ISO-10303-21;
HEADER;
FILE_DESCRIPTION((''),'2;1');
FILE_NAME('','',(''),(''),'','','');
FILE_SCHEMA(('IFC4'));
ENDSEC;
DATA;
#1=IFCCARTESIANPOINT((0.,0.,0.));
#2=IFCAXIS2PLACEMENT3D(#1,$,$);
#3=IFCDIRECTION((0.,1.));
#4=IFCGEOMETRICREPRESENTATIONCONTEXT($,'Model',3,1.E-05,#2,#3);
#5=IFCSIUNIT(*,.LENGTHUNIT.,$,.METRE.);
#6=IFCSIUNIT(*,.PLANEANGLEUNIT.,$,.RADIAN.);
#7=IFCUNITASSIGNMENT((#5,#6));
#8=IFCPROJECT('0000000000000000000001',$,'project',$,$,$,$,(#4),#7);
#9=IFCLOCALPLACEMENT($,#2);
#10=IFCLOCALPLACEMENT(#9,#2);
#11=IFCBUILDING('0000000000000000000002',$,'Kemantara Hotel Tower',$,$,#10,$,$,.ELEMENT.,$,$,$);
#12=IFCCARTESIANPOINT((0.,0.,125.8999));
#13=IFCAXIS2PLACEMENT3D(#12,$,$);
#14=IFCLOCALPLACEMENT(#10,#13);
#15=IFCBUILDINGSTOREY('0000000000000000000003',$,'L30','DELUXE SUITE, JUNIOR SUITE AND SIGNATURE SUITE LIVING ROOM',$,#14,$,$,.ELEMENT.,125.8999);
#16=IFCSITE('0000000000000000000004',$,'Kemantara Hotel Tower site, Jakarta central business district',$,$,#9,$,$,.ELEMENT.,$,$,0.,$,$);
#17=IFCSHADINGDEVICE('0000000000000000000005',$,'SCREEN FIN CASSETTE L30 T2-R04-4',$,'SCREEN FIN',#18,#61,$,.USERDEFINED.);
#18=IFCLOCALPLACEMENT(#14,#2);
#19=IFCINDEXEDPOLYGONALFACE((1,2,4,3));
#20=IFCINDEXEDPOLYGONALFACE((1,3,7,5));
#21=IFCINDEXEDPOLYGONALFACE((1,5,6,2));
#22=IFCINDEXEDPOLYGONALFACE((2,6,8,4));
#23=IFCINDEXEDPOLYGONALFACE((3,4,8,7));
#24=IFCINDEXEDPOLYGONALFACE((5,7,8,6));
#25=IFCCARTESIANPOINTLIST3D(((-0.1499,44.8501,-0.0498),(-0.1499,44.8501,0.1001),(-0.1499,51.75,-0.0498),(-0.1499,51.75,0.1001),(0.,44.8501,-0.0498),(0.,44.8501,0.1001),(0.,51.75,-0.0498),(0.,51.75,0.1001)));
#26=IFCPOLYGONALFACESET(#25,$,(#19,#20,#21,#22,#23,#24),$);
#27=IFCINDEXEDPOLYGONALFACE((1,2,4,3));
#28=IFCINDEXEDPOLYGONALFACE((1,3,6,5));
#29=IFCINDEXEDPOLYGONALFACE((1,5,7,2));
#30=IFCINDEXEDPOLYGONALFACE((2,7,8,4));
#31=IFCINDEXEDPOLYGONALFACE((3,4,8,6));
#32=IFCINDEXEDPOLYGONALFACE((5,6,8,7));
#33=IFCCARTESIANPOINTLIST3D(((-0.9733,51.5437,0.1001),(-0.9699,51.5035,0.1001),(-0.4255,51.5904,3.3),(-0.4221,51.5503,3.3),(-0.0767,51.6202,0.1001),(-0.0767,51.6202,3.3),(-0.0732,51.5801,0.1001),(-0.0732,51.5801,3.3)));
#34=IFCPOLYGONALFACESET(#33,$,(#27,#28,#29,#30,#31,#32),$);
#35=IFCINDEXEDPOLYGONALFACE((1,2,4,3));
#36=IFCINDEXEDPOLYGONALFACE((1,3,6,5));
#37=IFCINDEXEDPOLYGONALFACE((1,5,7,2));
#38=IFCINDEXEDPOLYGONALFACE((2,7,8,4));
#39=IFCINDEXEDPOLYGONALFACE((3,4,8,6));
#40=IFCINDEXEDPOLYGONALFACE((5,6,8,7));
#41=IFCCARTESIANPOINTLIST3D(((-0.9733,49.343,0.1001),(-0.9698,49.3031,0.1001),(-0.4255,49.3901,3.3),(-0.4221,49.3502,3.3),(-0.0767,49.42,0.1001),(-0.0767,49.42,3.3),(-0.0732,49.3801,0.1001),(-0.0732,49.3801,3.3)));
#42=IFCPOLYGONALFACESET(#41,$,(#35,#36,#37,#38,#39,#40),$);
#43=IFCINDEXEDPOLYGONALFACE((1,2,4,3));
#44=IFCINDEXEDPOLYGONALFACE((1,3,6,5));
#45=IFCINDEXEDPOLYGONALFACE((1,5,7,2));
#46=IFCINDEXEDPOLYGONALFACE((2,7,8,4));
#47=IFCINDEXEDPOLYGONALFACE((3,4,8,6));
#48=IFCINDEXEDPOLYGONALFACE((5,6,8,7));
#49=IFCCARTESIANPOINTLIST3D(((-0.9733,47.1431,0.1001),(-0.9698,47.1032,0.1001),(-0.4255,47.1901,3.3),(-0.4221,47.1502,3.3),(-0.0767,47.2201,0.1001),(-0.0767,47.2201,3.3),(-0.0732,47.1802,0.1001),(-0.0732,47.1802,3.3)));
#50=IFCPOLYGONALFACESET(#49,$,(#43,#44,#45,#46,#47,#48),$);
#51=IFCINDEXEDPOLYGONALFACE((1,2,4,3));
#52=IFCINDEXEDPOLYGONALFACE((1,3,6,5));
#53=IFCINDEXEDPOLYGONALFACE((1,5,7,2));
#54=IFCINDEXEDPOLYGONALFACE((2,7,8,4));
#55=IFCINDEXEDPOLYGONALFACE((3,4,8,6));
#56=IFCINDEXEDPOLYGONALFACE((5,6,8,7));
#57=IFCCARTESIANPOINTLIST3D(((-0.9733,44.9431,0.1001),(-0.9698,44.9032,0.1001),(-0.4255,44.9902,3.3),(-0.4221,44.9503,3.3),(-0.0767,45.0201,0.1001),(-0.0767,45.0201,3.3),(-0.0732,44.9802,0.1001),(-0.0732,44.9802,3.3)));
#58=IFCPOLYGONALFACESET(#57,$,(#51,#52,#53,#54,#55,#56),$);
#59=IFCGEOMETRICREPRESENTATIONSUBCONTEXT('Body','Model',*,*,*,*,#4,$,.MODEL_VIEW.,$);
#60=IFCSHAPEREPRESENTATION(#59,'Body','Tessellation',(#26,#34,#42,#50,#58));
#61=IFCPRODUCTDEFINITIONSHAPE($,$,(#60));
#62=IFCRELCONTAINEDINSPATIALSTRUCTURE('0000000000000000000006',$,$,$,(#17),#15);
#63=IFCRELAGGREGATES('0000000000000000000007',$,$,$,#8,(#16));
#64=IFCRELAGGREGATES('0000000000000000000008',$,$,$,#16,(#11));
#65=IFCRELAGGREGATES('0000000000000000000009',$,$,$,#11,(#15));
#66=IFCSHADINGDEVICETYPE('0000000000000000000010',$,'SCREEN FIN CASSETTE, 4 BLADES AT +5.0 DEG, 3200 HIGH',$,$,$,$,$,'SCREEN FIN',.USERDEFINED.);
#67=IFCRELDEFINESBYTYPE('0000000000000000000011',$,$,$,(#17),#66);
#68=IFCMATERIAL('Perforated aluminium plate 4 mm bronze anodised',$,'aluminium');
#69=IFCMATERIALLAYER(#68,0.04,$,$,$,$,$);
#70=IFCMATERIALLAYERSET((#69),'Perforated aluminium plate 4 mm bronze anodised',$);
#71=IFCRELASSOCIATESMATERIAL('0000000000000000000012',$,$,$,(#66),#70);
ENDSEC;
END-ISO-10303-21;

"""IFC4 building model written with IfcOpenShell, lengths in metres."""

from ifc_helpers import new_model, si_unit, direction, frame, origin, origin_2d, place, context, subcontext, project, spatial, polyline, rectangle, outline, extrude, source, transform, mapped, material, layer, layer_set, type_object, element, save


model = new_model("IFC4")

# Units and contexts
model_context = context("Model", 3, precision=1e-05, world=origin(), true_north=direction((0.0, 1.0)))
body_context = subcontext(model_context, "Body", "Model", "MODEL_VIEW")
ifc_project = project(units=[si_unit("LENGTHUNIT", "METRE"), si_unit("PLANEANGLEUNIT", "RADIAN")], contexts=[model_context])

# Site, building, storey
site_placement = place(None, origin())
site = spatial("IfcSite", under=ifc_project, at=site_placement, Name="Kemantara Hotel Tower site, Jakarta central business district", CompositionType="ELEMENT", RefElevation=0.0)
building_placement = place(site_placement, origin())
building = spatial("IfcBuilding", under=site, at=building_placement, Name="Kemantara Hotel Tower", CompositionType="ELEMENT")
storey_placement = place(building_placement, frame((0.0, 0.0, 125.8999)))
storey = spatial("IfcBuildingStorey", under=building, at=storey_placement, Name="L30", Description="DELUXE SUITE, JUNIOR SUITE AND SIGNATURE SUITE LIVING ROOM", CompositionType="ELEMENT", Elevation=125.8999)

# Shading device
ifc_material_1 = material(Name="Perforated aluminium plate 4 mm bronze anodised", Category="aluminium")
ifc_layer_1 = layer(ifc_material_1, 0.04)
ifc_layer_set_1 = layer_set([ifc_layer_1], Name="Perforated aluminium plate 4 mm bronze anodised")
shading_device_type_1 = type_object("IfcShadingDeviceType", Name="SCREEN FIN CASSETTE, 4 BLADES AT +5.0 DEG, 3200 HIGH", ElementType="SCREEN FIN", PredefinedType="USERDEFINED", material=ifc_layer_set_1)
shared_shape_1 = source(origin(), body_context, "Body", "SweptSolid", [
    extrude(rectangle(XDim=6.8999, YDim=0.1499, at=origin_2d()), frame((3.3, -0.075, -0.1499), z_axis=(0.0, 0.0, 1.0), x_axis=(1.0, 0.0, 0.0)), (0.0, 0.0, 1.0), 0.1499),
    extrude(outline(polyline([(0.0, 0.0), (0.8999, 0.0), (0.3501, 3.2), (0.0, 3.2), (0.0, 0.0)])), frame((0.02, -0.0732, 0.0), z_axis=(-0.996376, -0.085056, 0.0), x_axis=(0.085056, -0.996376, 0.0)), (0.0, 0.0, 1.0), 0.0403),
    extrude(outline(polyline([(0.0, 0.0), (0.8999, 0.0), (0.3501, 3.2), (0.0, 3.2), (0.0, 0.0)])), frame((2.22, -0.0732, 0.0), z_axis=(-0.996332, -0.085575, 0.0), x_axis=(0.085575, -0.996332, 0.0)), (0.0, 0.0, 1.0), 0.04),
    extrude(outline(polyline([(0.0, 0.0), (0.8999, 0.0), (0.3501, 3.2), (0.0, 3.2), (0.0, 0.0)])), frame((4.4199, -0.0732, 0.0), z_axis=(-0.996332, -0.085575, 0.0), x_axis=(0.085575, -0.996332, 0.0)), (0.0, 0.0, 1.0), 0.04),
    extrude(outline(polyline([(0.0, 0.0), (0.8999, 0.0), (0.3501, 3.2), (0.0, 3.2), (0.0, 0.0)])), frame((6.6199, -0.0732, 0.0), z_axis=(-0.996332, -0.085575, 0.0), x_axis=(0.085575, -0.996332, 0.0)), (0.0, 0.0, 1.0), 0.04),
])
shading_device_1_placement = place(storey_placement, frame((0.0, 51.6001, 0.1001), z_axis=(0.0, 0.0, 1.0), x_axis=(0.0, -1.0, 0.0)))
element("IfcShadingDevice", 1, at=shading_device_1_placement, inside=storey, type_object=shading_device_type_1, Name="SCREEN FIN CASSETTE L30 T2-R04-4", ObjectType="SCREEN FIN", PredefinedType="USERDEFINED", context=body_context, shape_type="MappedRepresentation", body=[
    mapped(shared_shape_1, transform((0.0, 0.0, 0.0))),
])

save(model, "model.ifc")
